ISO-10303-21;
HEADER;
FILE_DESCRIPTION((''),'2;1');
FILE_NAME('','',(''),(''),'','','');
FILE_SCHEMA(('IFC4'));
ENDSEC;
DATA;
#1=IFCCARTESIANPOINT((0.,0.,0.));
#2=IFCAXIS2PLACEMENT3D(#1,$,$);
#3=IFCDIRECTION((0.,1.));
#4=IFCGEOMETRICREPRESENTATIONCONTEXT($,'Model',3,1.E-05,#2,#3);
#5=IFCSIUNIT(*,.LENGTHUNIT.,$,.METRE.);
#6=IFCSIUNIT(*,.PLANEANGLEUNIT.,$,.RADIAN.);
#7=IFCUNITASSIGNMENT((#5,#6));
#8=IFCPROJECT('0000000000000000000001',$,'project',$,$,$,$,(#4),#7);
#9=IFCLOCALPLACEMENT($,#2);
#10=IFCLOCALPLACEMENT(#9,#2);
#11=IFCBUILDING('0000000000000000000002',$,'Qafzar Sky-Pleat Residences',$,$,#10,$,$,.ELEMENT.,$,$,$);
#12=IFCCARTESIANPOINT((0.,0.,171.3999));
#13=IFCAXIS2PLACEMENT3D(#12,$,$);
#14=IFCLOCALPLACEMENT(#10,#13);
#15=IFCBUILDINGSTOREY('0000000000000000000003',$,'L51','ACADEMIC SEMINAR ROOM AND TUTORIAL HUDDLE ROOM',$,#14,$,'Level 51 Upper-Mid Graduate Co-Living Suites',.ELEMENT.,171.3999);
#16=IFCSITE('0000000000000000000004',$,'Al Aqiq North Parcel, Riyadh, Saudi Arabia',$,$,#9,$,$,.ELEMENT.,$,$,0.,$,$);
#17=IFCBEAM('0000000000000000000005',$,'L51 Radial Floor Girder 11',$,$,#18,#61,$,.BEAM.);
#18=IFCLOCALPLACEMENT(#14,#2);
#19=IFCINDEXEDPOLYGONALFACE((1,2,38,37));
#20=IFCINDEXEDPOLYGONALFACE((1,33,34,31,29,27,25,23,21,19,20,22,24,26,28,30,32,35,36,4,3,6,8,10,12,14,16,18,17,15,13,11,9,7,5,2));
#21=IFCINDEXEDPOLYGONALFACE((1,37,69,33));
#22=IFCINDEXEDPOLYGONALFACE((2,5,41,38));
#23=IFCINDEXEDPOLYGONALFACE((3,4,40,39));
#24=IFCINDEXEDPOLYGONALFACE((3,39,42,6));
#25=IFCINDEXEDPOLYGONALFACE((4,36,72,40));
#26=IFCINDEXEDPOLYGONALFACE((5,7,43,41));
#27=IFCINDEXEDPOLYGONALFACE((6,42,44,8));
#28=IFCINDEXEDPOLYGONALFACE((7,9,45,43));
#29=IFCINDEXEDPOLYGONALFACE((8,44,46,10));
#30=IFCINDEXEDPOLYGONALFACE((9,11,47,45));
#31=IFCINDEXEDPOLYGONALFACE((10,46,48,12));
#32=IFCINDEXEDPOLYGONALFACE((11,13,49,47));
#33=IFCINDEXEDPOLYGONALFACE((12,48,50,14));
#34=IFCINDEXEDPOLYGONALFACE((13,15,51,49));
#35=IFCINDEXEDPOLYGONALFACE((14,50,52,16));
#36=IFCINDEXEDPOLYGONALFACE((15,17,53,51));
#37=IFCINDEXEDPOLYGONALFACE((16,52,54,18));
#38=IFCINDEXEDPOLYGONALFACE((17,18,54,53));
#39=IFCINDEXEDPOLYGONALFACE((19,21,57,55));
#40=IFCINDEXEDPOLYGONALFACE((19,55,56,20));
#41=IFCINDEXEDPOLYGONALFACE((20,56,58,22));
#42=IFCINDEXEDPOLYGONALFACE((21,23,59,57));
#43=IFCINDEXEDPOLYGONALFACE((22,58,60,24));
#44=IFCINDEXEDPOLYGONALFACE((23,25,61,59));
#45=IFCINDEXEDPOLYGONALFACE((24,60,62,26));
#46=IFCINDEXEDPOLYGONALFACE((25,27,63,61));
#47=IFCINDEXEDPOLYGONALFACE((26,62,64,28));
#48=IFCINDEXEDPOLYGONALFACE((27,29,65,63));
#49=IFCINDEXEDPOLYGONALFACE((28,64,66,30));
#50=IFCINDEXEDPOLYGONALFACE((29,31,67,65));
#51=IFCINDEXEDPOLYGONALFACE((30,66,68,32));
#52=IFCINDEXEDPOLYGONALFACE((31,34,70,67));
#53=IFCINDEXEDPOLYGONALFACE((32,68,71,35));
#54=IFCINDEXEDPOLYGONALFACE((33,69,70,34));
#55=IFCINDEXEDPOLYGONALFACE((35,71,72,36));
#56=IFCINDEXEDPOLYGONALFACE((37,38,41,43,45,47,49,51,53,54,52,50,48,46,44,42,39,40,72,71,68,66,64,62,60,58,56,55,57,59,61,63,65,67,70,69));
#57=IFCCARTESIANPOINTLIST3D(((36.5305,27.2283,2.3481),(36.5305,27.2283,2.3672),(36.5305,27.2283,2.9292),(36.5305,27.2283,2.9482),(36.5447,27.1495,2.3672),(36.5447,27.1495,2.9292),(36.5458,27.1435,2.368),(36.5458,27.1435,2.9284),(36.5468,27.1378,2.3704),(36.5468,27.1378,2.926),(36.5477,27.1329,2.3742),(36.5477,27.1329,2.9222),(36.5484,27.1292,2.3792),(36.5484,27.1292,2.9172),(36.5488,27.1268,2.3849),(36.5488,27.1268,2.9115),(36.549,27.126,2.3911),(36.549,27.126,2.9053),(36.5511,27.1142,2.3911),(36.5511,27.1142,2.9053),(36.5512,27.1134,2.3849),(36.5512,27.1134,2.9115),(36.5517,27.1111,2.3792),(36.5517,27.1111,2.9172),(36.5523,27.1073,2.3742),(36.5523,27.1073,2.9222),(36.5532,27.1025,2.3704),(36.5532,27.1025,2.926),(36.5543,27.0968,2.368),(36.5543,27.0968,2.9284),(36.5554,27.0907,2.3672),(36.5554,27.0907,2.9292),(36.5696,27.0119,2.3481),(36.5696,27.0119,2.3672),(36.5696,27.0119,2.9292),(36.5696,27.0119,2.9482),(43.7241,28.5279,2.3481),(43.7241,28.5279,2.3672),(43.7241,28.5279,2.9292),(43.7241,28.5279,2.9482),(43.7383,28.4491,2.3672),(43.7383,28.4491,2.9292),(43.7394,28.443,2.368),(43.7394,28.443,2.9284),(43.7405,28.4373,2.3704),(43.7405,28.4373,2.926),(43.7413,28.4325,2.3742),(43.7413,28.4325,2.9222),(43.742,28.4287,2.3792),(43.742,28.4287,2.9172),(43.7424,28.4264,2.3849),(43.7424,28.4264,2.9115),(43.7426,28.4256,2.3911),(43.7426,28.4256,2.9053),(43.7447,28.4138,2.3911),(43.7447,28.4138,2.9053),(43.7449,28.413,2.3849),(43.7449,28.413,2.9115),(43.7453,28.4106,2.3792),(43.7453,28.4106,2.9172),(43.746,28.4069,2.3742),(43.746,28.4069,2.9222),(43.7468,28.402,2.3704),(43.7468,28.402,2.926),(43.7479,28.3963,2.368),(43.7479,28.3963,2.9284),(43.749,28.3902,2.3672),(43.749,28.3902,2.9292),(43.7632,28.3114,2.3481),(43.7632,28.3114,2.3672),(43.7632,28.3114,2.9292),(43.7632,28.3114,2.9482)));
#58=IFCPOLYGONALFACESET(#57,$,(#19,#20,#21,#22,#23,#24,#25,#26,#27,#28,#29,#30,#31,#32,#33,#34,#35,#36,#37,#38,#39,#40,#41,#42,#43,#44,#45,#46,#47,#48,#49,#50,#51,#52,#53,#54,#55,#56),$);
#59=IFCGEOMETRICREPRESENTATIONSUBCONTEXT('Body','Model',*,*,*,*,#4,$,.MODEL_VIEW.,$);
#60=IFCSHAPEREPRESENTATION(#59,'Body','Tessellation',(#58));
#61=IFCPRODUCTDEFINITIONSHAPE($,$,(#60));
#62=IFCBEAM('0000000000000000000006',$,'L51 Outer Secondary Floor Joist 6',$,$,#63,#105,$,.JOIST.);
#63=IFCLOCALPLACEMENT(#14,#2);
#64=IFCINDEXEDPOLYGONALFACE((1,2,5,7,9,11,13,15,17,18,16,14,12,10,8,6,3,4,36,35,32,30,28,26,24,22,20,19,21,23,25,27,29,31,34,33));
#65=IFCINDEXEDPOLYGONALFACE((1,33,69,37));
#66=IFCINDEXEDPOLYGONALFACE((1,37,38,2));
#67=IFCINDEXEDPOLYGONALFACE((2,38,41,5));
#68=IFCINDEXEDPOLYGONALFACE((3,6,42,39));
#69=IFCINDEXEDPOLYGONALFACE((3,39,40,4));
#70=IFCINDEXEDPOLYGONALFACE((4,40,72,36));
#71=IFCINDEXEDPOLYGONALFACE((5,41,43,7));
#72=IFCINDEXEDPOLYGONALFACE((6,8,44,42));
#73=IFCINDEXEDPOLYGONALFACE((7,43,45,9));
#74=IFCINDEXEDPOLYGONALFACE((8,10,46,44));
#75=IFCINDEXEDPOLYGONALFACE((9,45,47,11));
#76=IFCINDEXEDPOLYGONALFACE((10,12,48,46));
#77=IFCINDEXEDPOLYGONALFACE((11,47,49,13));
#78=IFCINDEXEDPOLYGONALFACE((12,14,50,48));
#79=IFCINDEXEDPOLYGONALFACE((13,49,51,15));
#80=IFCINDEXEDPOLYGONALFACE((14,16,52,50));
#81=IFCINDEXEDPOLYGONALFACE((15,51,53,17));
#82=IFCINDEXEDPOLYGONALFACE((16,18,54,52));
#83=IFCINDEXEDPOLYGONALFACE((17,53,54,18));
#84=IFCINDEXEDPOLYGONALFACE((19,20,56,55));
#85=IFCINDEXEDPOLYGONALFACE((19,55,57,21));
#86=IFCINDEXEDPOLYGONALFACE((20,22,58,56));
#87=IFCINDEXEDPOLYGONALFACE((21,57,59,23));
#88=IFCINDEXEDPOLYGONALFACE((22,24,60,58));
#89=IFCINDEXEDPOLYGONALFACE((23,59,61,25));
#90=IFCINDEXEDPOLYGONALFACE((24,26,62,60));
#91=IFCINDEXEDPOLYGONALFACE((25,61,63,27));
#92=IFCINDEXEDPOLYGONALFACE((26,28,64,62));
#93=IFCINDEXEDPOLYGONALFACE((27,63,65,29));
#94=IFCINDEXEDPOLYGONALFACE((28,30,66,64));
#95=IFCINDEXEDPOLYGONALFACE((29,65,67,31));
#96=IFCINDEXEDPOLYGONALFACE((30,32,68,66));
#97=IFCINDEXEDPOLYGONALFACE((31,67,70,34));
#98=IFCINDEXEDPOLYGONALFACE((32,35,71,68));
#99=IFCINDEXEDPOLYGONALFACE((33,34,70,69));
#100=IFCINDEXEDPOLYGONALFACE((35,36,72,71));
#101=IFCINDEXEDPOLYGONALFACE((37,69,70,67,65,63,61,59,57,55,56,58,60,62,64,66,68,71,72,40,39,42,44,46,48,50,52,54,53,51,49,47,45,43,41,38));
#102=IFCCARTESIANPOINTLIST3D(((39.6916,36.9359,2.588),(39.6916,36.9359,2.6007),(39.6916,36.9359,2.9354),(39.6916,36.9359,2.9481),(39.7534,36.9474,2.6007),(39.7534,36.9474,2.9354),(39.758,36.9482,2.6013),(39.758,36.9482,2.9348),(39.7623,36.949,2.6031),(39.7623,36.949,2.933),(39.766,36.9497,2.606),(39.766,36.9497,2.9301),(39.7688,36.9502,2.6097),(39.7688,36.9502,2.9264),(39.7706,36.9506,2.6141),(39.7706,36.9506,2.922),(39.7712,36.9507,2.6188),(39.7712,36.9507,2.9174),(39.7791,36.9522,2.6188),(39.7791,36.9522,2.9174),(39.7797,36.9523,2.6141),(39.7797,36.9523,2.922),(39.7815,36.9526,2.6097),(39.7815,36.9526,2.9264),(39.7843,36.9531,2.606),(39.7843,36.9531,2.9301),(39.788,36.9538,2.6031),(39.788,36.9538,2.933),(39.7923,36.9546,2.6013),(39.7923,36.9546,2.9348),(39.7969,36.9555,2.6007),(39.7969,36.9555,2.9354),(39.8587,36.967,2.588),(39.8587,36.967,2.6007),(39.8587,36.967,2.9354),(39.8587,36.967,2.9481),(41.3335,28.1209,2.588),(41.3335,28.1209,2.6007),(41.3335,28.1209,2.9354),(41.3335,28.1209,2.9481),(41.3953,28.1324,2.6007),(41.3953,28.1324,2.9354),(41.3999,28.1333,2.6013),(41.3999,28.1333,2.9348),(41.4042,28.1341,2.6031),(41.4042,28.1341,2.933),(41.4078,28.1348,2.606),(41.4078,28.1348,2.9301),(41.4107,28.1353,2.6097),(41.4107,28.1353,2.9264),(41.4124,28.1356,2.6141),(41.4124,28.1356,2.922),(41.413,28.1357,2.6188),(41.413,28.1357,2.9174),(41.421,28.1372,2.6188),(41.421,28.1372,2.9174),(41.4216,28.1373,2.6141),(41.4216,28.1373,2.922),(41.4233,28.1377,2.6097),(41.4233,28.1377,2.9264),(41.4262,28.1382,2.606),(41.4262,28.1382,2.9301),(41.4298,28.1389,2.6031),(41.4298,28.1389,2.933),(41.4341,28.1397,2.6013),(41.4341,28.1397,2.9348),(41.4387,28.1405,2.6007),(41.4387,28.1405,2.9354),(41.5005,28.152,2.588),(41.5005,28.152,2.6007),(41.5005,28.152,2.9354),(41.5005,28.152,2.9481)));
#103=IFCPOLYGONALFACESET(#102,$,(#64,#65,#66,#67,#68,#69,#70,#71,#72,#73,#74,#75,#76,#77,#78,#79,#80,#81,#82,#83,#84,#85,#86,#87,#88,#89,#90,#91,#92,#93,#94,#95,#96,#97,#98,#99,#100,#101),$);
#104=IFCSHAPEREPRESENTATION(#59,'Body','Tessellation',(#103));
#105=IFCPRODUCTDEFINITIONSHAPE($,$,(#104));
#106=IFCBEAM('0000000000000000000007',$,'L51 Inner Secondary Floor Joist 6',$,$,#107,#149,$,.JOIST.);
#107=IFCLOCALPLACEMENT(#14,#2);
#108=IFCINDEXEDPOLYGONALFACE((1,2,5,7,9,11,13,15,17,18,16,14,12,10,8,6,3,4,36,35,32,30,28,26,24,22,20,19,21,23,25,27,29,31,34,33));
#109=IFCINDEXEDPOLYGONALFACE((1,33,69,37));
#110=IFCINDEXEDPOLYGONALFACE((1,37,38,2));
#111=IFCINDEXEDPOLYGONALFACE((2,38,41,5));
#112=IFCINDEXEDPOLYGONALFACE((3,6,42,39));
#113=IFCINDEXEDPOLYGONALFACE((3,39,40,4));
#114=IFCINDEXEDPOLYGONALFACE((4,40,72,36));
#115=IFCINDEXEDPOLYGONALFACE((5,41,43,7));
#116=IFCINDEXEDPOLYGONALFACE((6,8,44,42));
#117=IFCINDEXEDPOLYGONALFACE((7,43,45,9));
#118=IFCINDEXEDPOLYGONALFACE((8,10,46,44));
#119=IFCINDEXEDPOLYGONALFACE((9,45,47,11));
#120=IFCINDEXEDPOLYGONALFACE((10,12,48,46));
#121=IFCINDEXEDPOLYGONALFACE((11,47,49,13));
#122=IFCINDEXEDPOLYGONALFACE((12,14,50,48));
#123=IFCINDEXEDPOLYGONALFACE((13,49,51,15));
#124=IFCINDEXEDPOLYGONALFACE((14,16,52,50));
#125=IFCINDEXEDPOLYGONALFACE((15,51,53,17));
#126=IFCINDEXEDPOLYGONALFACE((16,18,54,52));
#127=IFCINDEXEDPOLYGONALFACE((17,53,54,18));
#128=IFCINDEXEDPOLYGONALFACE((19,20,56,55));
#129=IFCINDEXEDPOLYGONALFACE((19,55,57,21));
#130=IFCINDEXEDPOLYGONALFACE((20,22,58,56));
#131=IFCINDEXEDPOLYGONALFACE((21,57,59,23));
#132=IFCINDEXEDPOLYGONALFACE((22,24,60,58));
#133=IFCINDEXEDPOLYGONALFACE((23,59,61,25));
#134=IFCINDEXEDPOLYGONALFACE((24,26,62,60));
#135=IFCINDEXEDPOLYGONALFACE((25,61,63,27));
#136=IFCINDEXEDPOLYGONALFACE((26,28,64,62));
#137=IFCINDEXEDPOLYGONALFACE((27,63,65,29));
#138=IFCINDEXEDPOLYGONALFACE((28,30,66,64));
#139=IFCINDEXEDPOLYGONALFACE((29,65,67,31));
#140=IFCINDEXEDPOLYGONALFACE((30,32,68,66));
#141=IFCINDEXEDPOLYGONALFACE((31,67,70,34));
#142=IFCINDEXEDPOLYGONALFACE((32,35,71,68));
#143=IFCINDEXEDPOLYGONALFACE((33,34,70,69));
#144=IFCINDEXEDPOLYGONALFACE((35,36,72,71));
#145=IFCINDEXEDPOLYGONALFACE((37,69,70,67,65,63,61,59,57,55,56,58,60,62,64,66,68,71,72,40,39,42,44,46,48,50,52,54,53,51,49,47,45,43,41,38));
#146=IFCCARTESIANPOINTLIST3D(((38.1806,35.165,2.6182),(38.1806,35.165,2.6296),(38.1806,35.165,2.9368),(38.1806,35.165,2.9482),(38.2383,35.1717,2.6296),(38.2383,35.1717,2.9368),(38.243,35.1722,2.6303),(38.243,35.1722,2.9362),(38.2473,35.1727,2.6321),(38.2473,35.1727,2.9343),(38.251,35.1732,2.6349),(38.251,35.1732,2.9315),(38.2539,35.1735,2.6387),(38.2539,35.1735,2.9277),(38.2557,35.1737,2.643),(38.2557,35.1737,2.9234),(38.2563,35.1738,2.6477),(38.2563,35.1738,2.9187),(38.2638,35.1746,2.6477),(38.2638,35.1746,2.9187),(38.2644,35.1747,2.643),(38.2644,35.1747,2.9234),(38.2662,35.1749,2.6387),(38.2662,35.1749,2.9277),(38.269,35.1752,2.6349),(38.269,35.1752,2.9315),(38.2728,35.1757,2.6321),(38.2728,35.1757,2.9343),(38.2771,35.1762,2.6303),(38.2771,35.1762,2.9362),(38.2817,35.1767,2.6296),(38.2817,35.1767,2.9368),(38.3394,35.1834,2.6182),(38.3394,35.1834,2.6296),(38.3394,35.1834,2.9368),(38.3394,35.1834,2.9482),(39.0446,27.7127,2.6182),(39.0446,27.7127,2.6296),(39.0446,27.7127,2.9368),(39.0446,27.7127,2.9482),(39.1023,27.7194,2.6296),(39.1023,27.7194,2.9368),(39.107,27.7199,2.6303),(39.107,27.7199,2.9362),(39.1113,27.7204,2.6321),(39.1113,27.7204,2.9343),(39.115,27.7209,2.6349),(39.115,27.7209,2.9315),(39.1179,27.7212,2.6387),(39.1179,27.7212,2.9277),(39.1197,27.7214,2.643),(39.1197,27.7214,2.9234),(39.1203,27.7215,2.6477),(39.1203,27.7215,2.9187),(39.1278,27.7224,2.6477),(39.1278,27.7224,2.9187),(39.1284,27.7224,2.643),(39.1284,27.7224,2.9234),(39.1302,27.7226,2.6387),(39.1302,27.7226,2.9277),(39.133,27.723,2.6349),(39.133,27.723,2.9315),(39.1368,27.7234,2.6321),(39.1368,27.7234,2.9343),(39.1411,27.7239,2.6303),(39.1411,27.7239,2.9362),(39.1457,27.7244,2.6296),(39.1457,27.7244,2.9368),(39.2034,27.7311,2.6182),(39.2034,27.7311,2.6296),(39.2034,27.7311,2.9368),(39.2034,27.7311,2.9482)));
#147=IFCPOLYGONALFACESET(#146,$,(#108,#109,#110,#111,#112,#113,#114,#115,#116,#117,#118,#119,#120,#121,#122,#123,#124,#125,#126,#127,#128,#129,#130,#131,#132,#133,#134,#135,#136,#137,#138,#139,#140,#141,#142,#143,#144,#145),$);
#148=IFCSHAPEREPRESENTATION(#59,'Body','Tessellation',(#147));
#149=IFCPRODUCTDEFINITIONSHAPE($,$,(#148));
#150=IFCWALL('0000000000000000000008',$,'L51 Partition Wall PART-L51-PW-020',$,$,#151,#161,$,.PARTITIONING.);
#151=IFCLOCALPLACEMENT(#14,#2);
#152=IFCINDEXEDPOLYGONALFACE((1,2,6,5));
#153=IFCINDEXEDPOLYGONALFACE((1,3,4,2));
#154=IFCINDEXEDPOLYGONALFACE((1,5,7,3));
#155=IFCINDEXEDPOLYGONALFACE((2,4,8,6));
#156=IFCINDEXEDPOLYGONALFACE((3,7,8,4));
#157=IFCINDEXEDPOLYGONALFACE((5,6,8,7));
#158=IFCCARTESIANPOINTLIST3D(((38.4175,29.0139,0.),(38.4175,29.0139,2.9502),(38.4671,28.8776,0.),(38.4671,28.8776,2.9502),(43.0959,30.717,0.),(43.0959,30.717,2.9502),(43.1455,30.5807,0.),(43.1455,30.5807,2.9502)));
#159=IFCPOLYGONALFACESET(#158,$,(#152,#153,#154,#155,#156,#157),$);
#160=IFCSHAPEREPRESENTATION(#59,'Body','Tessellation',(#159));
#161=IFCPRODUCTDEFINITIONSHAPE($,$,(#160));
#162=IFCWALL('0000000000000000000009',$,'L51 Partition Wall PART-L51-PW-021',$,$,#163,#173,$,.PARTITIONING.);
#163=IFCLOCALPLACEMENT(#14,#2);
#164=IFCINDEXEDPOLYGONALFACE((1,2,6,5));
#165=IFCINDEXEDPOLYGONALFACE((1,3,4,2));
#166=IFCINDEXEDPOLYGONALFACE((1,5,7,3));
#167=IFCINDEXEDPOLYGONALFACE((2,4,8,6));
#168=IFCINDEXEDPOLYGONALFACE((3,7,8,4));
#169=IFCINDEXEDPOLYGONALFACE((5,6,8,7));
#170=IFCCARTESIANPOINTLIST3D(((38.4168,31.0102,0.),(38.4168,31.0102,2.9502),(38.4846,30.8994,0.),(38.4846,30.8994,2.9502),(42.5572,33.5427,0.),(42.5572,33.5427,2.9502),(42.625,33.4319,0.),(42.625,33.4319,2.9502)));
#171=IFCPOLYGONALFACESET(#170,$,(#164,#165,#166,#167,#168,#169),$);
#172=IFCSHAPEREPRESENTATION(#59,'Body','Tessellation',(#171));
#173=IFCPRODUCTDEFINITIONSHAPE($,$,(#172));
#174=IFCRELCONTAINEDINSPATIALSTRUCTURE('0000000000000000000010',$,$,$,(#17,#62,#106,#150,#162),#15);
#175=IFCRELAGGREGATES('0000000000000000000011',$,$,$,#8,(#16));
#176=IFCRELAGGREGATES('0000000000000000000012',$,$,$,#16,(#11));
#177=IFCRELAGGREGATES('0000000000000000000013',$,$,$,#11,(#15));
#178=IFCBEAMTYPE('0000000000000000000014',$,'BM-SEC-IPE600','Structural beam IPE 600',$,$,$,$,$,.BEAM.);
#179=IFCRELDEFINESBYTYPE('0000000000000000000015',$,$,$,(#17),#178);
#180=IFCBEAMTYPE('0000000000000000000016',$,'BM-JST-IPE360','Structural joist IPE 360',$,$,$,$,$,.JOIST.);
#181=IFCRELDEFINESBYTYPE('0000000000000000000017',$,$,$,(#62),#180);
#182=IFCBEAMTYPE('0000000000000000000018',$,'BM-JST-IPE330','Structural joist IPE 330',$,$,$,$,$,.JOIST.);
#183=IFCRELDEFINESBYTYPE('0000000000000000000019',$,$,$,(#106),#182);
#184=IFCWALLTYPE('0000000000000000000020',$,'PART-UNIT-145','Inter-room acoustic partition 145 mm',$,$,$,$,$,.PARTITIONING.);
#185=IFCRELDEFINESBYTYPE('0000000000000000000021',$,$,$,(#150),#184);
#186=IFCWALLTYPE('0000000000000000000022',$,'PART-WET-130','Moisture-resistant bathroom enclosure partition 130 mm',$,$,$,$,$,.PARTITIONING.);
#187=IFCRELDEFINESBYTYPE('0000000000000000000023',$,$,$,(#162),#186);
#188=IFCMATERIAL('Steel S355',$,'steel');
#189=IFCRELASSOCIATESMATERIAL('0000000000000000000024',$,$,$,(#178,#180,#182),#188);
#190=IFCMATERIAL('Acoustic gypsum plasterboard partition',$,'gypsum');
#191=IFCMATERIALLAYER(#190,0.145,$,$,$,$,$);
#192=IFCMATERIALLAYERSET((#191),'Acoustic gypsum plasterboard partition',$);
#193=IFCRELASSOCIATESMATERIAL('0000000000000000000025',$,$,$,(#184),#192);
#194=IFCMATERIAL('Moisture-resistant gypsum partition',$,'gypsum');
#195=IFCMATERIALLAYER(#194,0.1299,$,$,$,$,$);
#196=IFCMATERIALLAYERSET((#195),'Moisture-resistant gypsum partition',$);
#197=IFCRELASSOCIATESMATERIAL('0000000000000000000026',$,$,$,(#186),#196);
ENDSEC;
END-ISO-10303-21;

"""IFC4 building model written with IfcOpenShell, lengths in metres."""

from ifc_helpers import new_model, si_unit, direction, frame, frame_2d, origin, origin_2d, place, context, subcontext, project, spatial, rectangle, i_section, extrude, source, transform, mapped, material, layer, layer_set, material_profile, profile_set, type_object, element, save


model = new_model("IFC4")

# Units and contexts
model_context = context("Model", 3, precision=1e-05, world=origin(), true_north=direction((0.0, 1.0)))
body_context = subcontext(model_context, "Body", "Model", "MODEL_VIEW")
ifc_project = project(units=[si_unit("LENGTHUNIT", "METRE"), si_unit("PLANEANGLEUNIT", "RADIAN")], contexts=[model_context])

# Site, building, storey
site_placement = place(None, origin())
site = spatial("IfcSite", under=ifc_project, at=site_placement, Name="Al Aqiq North Parcel, Riyadh, Saudi Arabia", CompositionType="ELEMENT", RefElevation=0.0)
building_placement = place(site_placement, origin())
building = spatial("IfcBuilding", under=site, at=building_placement, Name="Qafzar Sky-Pleat Residences", CompositionType="ELEMENT")
storey_placement = place(building_placement, frame((0.0, 0.0, 171.3999)))
storey = spatial("IfcBuildingStorey", under=building, at=storey_placement, Name="L51", Description="ACADEMIC SEMINAR ROOM AND TUTORIAL HUDDLE ROOM", LongName="Level 51 Upper-Mid Graduate Co-Living Suites", CompositionType="ELEMENT", Elevation=171.3999)

# Shared definitions
ifc_material_1 = material(Name="Steel S355", Category="steel")

# Beams
ifc_material_profile_1 = material_profile(ifc_material_1, i_section(OverallWidth=0.22, OverallDepth=0.6001, WebThickness=0.012, FlangeThickness=0.019, FilletRadius=0.0239, at=origin_2d()), Name="IPE 600")
ifc_profile_set_1 = profile_set([ifc_material_profile_1], Name="Steel S355")
beam_type_1 = type_object("IfcBeamType", Name="BM-SEC-IPE600", Description="Structural beam IPE 600", PredefinedType="BEAM", material=ifc_profile_set_1)
shared_shape_1 = source(origin(), body_context, "Body", "SweptSolid", [
    extrude(i_section(OverallWidth=0.22, OverallDepth=0.6001, WebThickness=0.012, FlangeThickness=0.019, FilletRadius=0.0239, at=origin_2d()), origin(), (0.0, 0.0, 1.0), 7.3101),
])
beam_1_placement = place(storey_placement, frame((43.7437, 28.4197, 2.6482), z_axis=(-0.984071, -0.177777, 0.0), x_axis=(0.177777, -0.984071, 0.0)))
element("IfcBeam", 1, at=beam_1_placement, inside=storey, type_object=beam_type_1, Name="L51 Radial Floor Girder 11", PredefinedType="BEAM", context=body_context, shape_type="MappedRepresentation", body=[
    mapped(shared_shape_1, transform((0.0, 0.0, 0.0), x_axis=(1.0, 0.0, 0.0), y_axis=(0.0, 1.0, 0.0), z_axis=(0.0, 0.0, 1.0), scale=1.0)),
])
ifc_material_profile_2 = material_profile(ifc_material_1, i_section(OverallWidth=0.1699, OverallDepth=0.3601, WebThickness=0.0081, FlangeThickness=0.0127, FilletRadius=0.0181, at=origin_2d()), Name="IPE 360")
ifc_profile_set_2 = profile_set([ifc_material_profile_2], Name="Steel S355")
beam_type_2 = type_object("IfcBeamType", Name="BM-JST-IPE360", Description="Structural joist IPE 360", PredefinedType="JOIST", material=ifc_profile_set_2)
shared_shape_2 = source(origin(), body_context, "Body", "SweptSolid", [
    extrude(i_section(OverallWidth=0.1699, OverallDepth=0.3601, WebThickness=0.0081, FlangeThickness=0.0127, FilletRadius=0.0181, at=origin_2d()), origin(), (0.0, 0.0, 1.0), 8.9666),
])
beam_2_placement = place(storey_placement, frame((41.417, 28.1365, 2.7681), z_axis=(-0.183108, 0.983093, 0.0), x_axis=(-0.983093, -0.183108, 0.0)))
element("IfcBeam", 2, at=beam_2_placement, inside=storey, type_object=beam_type_2, Name="L51 Outer Secondary Floor Joist 6", PredefinedType="JOIST", context=body_context, shape_type="MappedRepresentation", body=[
    mapped(shared_shape_2, transform((0.0, 0.0, 0.0), x_axis=(1.0, 0.0, 0.0), y_axis=(0.0, 1.0, 0.0), z_axis=(0.0, 0.0, 1.0), scale=1.0)),
])
ifc_material_profile_3 = material_profile(ifc_material_1, i_section(OverallWidth=0.1599, OverallDepth=0.3301, WebThickness=0.0076, FlangeThickness=0.0115, FilletRadius=0.0181, at=origin_2d()), Name="IPE 330")
ifc_profile_set_3 = profile_set([ifc_material_profile_3], Name="Steel S355")
beam_type_3 = type_object("IfcBeamType", Name="BM-JST-IPE330", Description="Structural joist IPE 330", PredefinedType="JOIST", material=ifc_profile_set_3)
shared_shape_3 = source(origin(), body_context, "Body", "SweptSolid", [
    extrude(i_section(OverallWidth=0.1599, OverallDepth=0.3301, WebThickness=0.0076, FlangeThickness=0.0115, FilletRadius=0.0181, at=origin_2d()), origin(), (0.0, 0.0, 1.0), 7.5022),
])
beam_3_placement = place(storey_placement, frame((39.124, 27.7219, 2.7832), z_axis=(-0.115166, 0.993346, 0.0), x_axis=(-0.993346, -0.115166, 0.0)))
element("IfcBeam", 3, at=beam_3_placement, inside=storey, type_object=beam_type_3, Name="L51 Inner Secondary Floor Joist 6", PredefinedType="JOIST", context=body_context, shape_type="MappedRepresentation", body=[
    mapped(shared_shape_3, transform((0.0, 0.0, 0.0), x_axis=(1.0, 0.0, 0.0), y_axis=(0.0, 1.0, 0.0), z_axis=(0.0, 0.0, 1.0), scale=1.0)),
])

# Walls
ifc_material_2 = material(Name="Acoustic gypsum plasterboard partition", Category="gypsum")
ifc_layer_1 = layer(ifc_material_2, 0.145)
ifc_layer_set_1 = layer_set([ifc_layer_1], Name="Acoustic gypsum plasterboard partition")
wall_type_1 = type_object("IfcWallType", Name="PART-UNIT-145", Description="Inter-room acoustic partition 145 mm", PredefinedType="PARTITIONING", material=ifc_layer_set_1)
wall_1_placement = place(storey_placement, frame((38.4424, 28.9458, 0.0), z_axis=(0.0, 0.0, 1.0), x_axis=(0.939673, 0.342074, 0.0)))
element("IfcWall", 4, at=wall_1_placement, inside=storey, type_object=wall_type_1, Name="L51 Partition Wall PART-L51-PW-020", PredefinedType="PARTITIONING", context=body_context, shape_type="SweptSolid", body=[
    extrude(rectangle(XDim=4.9788, YDim=0.145, at=frame_2d((2.4893, 0.0))), origin(), (0.0, 0.0, 1.0), 2.9502),
])
ifc_material_3 = material(Name="Moisture-resistant gypsum partition", Category="gypsum")
ifc_layer_2 = layer(ifc_material_3, 0.1299)
ifc_layer_set_2 = layer_set([ifc_layer_2], Name="Moisture-resistant gypsum partition")
wall_type_2 = type_object("IfcWallType", Name="PART-WET-130", Description="Moisture-resistant bathroom enclosure partition 130 mm", PredefinedType="PARTITIONING", material=ifc_layer_set_2)
wall_2_placement = place(storey_placement, frame((38.4507, 30.9548, 0.0), z_axis=(0.0, 0.0, 1.0), x_axis=(0.853077, 0.521786, 0.0)))
element("IfcWall", 5, at=wall_2_placement, inside=storey, type_object=wall_type_2, Name="L51 Partition Wall PART-L51-PW-021", PredefinedType="PARTITIONING", context=body_context, shape_type="SweptSolid", body=[
    extrude(rectangle(XDim=4.8535, YDim=0.1299, at=frame_2d((2.4268, 0.0))), origin(), (0.0, 0.0, 1.0), 2.9502),
])

save(model, "model.ifc")
